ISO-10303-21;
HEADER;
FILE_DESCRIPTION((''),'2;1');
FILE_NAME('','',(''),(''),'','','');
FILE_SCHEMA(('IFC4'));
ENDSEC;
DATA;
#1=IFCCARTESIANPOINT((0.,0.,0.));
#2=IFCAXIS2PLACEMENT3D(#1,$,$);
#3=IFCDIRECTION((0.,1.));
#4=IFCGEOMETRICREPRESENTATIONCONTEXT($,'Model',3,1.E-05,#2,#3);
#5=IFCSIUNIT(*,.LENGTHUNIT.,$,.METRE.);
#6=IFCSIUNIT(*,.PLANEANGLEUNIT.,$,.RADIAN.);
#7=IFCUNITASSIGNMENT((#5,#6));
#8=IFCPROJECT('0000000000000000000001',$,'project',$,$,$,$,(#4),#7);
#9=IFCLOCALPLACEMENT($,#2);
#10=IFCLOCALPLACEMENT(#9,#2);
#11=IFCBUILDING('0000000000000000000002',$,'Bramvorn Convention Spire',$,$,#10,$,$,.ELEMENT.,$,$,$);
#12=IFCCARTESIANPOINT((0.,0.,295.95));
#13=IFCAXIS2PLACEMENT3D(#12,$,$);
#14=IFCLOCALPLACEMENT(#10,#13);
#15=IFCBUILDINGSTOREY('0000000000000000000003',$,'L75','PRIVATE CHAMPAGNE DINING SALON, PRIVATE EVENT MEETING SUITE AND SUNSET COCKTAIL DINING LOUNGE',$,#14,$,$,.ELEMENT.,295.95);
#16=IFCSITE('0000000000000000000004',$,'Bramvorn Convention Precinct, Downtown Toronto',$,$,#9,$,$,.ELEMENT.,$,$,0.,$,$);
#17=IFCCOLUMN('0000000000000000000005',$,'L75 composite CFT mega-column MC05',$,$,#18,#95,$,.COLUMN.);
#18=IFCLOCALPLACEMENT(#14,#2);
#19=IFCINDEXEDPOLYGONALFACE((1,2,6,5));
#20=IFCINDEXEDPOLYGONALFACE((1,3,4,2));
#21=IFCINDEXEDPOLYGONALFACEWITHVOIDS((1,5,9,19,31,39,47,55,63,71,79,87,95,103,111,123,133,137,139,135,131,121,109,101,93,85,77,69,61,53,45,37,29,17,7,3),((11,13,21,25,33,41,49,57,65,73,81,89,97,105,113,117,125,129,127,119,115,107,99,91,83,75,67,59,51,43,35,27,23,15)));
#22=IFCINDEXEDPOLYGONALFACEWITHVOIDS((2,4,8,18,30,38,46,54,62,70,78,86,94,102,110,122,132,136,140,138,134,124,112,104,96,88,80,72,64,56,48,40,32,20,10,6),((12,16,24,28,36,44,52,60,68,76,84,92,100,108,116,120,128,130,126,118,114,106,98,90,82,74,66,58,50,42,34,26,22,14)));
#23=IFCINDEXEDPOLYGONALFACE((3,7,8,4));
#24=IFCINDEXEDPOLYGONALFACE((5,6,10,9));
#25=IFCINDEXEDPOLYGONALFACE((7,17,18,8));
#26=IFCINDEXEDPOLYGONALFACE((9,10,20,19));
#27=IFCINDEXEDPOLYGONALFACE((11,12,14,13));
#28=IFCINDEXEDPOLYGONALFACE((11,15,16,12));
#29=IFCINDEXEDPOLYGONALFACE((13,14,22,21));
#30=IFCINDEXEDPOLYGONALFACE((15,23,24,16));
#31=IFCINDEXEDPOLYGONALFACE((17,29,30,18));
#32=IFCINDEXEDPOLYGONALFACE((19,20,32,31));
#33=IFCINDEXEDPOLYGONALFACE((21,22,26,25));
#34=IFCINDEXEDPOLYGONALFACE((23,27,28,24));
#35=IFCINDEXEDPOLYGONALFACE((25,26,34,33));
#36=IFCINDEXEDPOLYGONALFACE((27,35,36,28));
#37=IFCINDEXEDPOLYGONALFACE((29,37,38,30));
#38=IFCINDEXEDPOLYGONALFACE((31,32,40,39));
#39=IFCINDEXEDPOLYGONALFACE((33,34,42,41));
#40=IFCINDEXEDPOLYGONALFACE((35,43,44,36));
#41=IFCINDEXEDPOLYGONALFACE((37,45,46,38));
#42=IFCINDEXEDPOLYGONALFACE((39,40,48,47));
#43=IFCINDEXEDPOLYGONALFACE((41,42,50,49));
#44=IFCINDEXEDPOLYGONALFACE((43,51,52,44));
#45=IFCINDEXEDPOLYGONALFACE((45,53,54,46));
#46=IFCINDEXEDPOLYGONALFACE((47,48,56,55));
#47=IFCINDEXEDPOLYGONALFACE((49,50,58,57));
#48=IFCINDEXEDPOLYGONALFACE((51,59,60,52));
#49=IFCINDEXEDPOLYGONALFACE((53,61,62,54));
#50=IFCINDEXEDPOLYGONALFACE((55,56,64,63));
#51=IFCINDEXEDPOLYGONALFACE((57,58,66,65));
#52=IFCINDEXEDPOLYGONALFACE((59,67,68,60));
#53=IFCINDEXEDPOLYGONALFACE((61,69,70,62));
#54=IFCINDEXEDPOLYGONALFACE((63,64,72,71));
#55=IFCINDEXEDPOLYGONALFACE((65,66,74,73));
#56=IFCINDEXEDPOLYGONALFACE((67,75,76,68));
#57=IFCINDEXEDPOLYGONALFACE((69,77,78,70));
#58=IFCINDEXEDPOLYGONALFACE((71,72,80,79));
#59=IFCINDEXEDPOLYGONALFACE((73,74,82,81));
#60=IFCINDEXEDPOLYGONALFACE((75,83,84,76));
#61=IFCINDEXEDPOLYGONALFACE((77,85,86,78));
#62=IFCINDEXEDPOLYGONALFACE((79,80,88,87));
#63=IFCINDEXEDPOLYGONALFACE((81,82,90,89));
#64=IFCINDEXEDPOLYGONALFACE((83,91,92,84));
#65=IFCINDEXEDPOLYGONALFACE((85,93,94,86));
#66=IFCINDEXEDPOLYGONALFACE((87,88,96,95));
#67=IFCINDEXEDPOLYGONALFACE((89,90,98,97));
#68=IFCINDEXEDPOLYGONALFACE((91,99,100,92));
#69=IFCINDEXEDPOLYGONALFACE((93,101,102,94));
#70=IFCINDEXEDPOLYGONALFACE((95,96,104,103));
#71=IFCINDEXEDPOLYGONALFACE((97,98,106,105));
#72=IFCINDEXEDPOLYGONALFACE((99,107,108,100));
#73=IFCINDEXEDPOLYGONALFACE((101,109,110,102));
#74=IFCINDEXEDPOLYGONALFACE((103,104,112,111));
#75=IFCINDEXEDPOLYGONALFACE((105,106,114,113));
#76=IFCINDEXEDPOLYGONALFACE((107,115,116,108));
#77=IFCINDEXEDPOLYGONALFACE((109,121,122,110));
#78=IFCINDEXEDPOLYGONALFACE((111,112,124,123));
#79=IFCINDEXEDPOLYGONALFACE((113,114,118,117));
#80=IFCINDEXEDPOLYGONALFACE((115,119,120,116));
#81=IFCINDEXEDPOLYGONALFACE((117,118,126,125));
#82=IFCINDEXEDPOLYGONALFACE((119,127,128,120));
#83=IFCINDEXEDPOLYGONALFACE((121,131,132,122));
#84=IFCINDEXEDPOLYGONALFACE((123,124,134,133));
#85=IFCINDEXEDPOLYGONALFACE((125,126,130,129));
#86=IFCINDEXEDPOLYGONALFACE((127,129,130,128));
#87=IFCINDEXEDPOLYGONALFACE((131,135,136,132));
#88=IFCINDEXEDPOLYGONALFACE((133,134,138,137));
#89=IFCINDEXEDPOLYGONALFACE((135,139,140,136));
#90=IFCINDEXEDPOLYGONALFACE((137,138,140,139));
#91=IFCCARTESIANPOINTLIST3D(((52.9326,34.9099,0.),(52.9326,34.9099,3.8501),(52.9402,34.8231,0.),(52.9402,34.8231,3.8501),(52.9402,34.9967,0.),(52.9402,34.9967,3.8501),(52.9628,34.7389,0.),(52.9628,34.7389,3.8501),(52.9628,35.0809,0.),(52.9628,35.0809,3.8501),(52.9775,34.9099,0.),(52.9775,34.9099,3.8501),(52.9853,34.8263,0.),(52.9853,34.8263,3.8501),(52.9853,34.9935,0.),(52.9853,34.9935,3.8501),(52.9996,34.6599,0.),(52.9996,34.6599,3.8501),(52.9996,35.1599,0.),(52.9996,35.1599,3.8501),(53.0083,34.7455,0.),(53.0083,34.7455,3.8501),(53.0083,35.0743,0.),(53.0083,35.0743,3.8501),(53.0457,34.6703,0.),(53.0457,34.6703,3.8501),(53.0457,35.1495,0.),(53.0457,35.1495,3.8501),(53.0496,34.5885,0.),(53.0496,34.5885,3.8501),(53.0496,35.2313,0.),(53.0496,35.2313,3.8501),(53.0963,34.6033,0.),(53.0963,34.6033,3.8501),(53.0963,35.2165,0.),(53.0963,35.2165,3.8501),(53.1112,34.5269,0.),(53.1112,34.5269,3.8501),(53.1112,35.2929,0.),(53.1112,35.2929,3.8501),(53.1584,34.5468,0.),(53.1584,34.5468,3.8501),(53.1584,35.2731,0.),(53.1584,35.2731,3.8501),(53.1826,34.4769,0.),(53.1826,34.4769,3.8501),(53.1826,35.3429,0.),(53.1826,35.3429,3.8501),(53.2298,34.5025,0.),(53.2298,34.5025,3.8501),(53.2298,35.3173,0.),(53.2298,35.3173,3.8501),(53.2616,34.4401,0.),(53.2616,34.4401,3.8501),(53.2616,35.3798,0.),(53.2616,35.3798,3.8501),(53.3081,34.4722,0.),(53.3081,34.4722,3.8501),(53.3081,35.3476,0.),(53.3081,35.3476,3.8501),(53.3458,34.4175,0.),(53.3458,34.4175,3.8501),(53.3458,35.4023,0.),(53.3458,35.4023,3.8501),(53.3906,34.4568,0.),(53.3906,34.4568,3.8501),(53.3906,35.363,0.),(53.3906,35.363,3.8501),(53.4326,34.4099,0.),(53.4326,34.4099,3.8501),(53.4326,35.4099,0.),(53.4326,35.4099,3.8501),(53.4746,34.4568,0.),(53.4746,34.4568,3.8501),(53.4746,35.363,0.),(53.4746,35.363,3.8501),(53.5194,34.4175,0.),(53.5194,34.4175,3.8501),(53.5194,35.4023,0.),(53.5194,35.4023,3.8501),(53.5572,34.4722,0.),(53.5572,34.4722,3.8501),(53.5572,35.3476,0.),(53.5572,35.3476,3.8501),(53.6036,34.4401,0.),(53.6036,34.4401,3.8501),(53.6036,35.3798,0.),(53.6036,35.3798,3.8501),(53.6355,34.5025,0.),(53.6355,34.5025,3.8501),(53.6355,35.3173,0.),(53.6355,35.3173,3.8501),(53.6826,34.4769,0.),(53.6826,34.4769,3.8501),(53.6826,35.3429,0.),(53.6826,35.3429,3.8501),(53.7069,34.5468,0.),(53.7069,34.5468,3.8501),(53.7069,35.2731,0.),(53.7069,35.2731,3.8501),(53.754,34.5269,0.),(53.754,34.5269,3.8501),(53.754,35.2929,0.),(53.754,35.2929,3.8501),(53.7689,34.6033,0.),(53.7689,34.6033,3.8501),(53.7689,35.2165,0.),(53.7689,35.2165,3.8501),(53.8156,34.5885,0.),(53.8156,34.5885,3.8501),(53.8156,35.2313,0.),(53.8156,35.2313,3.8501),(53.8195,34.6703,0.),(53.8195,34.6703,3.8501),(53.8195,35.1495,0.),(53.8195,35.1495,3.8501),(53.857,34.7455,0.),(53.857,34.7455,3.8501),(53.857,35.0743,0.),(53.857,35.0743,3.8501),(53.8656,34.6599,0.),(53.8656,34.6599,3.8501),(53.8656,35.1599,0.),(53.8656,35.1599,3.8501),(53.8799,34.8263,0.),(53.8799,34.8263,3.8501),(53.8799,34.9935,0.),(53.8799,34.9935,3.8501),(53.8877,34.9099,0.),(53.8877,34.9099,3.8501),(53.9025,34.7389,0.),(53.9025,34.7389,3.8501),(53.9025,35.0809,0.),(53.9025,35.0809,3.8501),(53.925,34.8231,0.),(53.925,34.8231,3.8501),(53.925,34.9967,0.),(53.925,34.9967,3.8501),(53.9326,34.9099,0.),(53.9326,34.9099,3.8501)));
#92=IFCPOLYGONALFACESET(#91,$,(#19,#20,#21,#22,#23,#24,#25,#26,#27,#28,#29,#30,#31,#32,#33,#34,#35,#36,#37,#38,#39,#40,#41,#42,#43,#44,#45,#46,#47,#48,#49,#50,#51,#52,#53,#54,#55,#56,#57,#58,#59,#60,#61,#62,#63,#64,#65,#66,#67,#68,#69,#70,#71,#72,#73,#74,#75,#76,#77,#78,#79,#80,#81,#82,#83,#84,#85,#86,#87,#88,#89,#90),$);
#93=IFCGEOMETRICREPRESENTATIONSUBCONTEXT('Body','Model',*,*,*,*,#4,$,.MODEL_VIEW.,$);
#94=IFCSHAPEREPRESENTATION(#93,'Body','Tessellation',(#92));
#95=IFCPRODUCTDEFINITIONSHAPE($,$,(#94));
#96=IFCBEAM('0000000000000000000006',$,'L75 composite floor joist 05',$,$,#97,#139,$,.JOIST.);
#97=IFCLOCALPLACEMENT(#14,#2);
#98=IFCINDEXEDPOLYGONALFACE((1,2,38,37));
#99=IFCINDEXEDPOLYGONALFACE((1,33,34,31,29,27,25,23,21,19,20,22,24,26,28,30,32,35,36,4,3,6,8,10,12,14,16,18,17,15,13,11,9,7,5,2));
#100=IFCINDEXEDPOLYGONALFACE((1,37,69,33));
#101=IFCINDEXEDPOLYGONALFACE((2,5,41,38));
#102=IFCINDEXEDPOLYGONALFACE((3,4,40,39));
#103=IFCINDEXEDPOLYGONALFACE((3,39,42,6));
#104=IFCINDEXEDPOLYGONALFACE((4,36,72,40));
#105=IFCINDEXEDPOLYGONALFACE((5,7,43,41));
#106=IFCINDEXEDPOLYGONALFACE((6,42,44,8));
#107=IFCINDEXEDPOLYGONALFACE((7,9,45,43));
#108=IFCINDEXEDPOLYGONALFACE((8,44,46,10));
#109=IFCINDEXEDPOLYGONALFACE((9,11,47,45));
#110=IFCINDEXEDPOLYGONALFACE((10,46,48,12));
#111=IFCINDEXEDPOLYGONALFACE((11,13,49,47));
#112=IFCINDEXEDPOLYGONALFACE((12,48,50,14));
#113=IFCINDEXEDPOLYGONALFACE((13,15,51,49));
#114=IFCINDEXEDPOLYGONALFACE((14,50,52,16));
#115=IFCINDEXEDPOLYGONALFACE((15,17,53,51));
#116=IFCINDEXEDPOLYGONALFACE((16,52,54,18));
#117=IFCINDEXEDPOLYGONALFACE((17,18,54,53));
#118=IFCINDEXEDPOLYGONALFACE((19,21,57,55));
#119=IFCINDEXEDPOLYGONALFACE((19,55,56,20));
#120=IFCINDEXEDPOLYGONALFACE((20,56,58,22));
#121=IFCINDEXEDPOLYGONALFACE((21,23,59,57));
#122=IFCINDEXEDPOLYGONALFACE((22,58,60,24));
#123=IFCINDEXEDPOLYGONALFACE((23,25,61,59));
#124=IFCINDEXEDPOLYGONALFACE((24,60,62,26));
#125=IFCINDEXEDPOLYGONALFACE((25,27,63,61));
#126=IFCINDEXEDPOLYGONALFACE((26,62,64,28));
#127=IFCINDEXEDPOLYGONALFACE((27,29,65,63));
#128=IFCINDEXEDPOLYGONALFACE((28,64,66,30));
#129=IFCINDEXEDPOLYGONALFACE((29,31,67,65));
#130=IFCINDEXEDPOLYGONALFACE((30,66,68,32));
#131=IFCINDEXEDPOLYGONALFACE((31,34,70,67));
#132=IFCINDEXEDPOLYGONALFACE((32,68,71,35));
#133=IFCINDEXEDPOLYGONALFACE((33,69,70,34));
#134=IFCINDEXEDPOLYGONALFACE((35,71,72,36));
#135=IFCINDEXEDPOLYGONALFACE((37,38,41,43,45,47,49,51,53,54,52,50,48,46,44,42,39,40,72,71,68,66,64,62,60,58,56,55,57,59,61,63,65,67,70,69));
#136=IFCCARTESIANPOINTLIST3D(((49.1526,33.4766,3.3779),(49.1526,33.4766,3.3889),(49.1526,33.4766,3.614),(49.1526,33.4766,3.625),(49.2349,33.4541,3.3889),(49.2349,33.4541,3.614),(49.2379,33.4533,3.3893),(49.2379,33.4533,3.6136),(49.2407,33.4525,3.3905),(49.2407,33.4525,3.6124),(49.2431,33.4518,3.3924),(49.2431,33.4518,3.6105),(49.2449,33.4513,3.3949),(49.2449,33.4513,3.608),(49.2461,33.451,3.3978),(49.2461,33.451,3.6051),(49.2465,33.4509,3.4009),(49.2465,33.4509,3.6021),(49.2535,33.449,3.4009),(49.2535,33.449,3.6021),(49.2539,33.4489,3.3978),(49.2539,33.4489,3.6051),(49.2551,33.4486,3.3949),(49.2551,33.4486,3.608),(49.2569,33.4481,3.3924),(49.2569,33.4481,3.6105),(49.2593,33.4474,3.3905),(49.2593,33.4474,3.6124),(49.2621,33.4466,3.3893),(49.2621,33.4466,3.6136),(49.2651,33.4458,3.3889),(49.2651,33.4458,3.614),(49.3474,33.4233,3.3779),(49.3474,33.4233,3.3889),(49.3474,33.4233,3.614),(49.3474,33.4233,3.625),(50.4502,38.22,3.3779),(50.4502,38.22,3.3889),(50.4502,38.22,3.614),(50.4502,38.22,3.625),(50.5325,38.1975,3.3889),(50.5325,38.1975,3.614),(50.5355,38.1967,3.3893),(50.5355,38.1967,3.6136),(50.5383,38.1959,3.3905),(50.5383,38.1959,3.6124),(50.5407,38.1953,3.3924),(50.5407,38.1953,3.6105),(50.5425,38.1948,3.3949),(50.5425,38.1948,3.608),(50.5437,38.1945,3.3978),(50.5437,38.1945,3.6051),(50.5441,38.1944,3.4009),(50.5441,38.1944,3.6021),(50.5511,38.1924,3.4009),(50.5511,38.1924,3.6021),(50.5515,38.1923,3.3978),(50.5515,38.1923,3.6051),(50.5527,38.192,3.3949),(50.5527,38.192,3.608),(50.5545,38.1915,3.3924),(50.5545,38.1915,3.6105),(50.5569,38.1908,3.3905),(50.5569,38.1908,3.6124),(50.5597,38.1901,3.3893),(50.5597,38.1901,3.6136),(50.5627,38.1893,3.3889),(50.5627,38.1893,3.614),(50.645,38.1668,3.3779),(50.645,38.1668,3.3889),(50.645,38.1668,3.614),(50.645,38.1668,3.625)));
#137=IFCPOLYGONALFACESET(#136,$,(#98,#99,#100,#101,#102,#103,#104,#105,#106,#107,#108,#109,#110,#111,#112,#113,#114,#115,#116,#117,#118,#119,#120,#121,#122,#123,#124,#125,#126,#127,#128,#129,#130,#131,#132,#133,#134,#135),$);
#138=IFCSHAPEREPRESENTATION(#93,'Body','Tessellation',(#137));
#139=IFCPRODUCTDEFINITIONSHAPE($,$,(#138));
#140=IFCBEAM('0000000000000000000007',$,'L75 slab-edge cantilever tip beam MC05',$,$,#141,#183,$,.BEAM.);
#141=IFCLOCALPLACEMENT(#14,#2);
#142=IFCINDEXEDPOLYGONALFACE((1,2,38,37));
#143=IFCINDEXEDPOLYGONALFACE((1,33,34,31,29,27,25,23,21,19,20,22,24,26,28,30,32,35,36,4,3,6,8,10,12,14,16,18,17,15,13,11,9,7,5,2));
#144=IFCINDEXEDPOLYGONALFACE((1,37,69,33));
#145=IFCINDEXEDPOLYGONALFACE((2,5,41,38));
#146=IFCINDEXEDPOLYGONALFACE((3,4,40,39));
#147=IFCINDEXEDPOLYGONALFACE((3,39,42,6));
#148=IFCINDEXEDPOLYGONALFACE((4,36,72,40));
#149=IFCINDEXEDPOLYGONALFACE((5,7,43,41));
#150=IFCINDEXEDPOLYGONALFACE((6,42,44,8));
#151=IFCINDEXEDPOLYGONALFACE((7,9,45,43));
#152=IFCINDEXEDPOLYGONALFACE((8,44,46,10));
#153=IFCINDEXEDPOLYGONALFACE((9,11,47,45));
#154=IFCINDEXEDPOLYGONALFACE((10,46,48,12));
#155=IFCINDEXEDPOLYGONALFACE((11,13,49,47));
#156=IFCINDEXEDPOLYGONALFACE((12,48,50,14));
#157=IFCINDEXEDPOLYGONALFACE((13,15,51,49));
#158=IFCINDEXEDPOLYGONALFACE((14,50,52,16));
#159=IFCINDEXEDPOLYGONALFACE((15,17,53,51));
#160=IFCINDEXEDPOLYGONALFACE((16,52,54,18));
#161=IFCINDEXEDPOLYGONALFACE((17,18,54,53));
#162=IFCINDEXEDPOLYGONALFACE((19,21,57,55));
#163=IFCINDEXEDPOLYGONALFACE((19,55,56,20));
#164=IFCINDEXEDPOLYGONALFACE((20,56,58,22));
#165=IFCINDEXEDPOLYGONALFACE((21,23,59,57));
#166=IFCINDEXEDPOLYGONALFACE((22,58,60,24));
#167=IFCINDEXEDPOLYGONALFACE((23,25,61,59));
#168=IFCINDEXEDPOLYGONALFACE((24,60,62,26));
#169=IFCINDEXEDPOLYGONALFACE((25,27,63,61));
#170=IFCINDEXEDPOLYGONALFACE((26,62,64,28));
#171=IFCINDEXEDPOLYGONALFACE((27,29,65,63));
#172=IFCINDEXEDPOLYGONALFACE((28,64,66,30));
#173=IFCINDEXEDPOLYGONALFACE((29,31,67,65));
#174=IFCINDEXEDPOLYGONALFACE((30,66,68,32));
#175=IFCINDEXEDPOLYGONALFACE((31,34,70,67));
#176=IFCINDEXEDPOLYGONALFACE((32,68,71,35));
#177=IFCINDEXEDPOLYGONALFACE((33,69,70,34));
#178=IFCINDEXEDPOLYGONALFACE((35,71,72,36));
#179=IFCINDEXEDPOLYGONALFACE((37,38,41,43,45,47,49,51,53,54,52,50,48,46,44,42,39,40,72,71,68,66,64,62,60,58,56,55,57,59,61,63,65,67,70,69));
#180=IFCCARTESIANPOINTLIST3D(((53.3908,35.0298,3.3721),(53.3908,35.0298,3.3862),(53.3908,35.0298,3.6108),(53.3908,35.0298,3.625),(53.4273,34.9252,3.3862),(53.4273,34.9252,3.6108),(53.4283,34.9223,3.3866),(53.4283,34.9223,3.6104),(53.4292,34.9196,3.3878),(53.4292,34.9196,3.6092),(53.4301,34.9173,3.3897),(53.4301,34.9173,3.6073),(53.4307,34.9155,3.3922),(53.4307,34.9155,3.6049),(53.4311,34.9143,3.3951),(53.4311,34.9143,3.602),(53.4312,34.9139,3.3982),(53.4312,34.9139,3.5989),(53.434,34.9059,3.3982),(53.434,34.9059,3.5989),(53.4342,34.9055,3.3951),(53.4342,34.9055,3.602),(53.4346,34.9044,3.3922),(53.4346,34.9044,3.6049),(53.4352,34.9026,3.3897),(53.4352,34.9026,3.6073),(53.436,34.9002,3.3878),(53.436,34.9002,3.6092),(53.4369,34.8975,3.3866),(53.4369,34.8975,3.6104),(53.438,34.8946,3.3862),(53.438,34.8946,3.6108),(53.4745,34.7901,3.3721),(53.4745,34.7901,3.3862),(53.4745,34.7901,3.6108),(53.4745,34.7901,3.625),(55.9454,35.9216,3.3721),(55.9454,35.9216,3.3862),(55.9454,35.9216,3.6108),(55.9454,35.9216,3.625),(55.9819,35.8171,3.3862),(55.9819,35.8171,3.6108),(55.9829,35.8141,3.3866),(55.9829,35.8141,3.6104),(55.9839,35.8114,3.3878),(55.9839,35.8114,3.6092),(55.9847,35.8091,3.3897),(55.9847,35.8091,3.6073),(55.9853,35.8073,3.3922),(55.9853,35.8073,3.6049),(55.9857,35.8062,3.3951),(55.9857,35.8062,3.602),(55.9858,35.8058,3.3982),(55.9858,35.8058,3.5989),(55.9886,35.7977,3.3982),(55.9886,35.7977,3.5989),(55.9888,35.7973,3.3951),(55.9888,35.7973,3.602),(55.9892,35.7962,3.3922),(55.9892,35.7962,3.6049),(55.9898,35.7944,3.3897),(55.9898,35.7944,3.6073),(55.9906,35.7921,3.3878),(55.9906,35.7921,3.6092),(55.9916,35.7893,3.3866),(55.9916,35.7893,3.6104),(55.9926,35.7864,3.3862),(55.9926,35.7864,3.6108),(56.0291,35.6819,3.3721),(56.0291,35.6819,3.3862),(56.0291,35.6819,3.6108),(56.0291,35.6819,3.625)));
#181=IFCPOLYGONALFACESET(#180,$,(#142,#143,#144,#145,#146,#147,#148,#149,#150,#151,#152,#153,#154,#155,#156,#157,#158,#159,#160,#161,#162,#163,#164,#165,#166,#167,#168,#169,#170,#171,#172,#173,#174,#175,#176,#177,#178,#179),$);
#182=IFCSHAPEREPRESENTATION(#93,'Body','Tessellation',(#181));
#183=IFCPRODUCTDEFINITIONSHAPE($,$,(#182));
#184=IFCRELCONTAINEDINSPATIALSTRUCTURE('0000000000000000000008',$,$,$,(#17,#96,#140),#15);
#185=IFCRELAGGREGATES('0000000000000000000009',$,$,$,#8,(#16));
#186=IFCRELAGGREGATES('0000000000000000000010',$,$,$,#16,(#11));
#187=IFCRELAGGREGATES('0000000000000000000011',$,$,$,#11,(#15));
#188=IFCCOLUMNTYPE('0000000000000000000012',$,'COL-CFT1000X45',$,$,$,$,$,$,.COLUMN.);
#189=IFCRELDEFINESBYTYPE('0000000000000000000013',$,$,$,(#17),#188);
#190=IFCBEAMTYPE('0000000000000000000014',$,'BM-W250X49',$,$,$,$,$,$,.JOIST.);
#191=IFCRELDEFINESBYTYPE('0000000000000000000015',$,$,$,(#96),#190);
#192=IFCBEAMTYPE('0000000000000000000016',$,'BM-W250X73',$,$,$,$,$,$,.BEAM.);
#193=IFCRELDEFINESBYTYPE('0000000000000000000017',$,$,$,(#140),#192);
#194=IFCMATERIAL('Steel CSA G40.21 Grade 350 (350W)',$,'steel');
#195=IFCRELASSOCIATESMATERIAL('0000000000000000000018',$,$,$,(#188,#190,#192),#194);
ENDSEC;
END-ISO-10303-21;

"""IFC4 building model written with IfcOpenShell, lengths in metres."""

from ifc_helpers import new_model, si_unit, direction, frame, origin, origin_2d, place, context, subcontext, project, spatial, hollow_circle, i_section, extrude, material, material_profile, profile_set, type_object, element, save


model = new_model("IFC4")

# Units and contexts
model_context = context("Model", 3, precision=1e-05, world=origin(), true_north=direction((0.0, 1.0)))
body_context = subcontext(model_context, "Body", "Model", "MODEL_VIEW")
ifc_project = project(units=[si_unit("LENGTHUNIT", "METRE"), si_unit("PLANEANGLEUNIT", "RADIAN")], contexts=[model_context])

# Site, building, storey
site_placement = place(None, origin())
site = spatial("IfcSite", under=ifc_project, at=site_placement, Name="Bramvorn Convention Precinct, Downtown Toronto", CompositionType="ELEMENT", RefElevation=0.0)
building_placement = place(site_placement, origin())
building = spatial("IfcBuilding", under=site, at=building_placement, Name="Bramvorn Convention Spire", CompositionType="ELEMENT")
storey_placement = place(building_placement, frame((0.0, 0.0, 295.95)))
storey = spatial("IfcBuildingStorey", under=building, at=storey_placement, Name="L75", Description="PRIVATE CHAMPAGNE DINING SALON, PRIVATE EVENT MEETING SUITE AND SUNSET COCKTAIL DINING LOUNGE", CompositionType="ELEMENT", Elevation=295.95)

# Column
ifc_material_1 = material(Name="Steel CSA G40.21 Grade 350 (350W)", Category="steel")
ifc_material_profile_1 = material_profile(ifc_material_1, hollow_circle(Radius=0.5, WallThickness=0.0449, at=origin_2d()))
ifc_profile_set_1 = profile_set([ifc_material_profile_1], Name="Steel CSA G40.21 Grade 350 (350W) - CFT1000X45")
column_type = type_object("IfcColumnType", Name="COL-CFT1000X45", PredefinedType="COLUMN", material=ifc_profile_set_1)
column_placement = place(storey_placement, frame((53.4326, 34.9099, 0.0), z_axis=(0.0, 0.0, 1.0), x_axis=(1.0, 0.0, 0.0)))
element("IfcColumn", 1, at=column_placement, inside=storey, type_object=column_type, Name="L75 composite CFT mega-column MC05", PredefinedType="COLUMN", context=body_context, shape_type="SweptSolid", body=[
    extrude(hollow_circle(Radius=0.5, WallThickness=0.0449, at=origin_2d()), origin(), (0.0, 0.0, 1.0), 3.8501),
])

# Beams
ifc_material_profile_2 = material_profile(ifc_material_1, i_section(OverallWidth=0.2019, OverallDepth=0.2471, WebThickness=0.0073, FlangeThickness=0.011, FilletRadius=0.012, at=origin_2d()))
ifc_profile_set_2 = profile_set([ifc_material_profile_2], Name="Steel CSA G40.21 Grade 350 (350W) - W250X49")
beam_type_1 = type_object("IfcBeamType", Name="BM-W250X49", PredefinedType="JOIST", material=ifc_profile_set_2)
beam_1_placement = place(storey_placement, frame((49.25, 33.45, 3.5015), z_axis=(0.263865, 0.96456, 0.0), x_axis=(-0.96456, 0.263865, 0.0)))
element("IfcBeam", 2, at=beam_1_placement, inside=storey, type_object=beam_type_1, Name="L75 composite floor joist 05", PredefinedType="JOIST", context=body_context, shape_type="SweptSolid", body=[
    extrude(i_section(OverallWidth=0.2019, OverallDepth=0.2471, WebThickness=0.0073, FlangeThickness=0.011, FilletRadius=0.012, at=origin_2d()), origin(), (0.0, 0.0, 1.0), 4.9177),
])
ifc_material_profile_3 = material_profile(ifc_material_1, i_section(OverallWidth=0.2539, OverallDepth=0.2529, WebThickness=0.0085, FlangeThickness=0.0142, FilletRadius=0.012, at=origin_2d()))
ifc_profile_set_3 = profile_set([ifc_material_profile_3], Name="Steel CSA G40.21 Grade 350 (350W) - W250X73")
beam_type_2 = type_object("IfcBeamType", Name="BM-W250X73", PredefinedType="BEAM", material=ifc_profile_set_3)
beam_2_placement = place(storey_placement, frame((53.4326, 34.9099, 3.4985), z_axis=(0.944123, 0.329595, 0.0), x_axis=(-0.329595, 0.944123, 0.0)))
element("IfcBeam", 3, at=beam_2_placement, inside=storey, type_object=beam_type_2, Name="L75 slab-edge cantilever tip beam MC05", PredefinedType="BEAM", context=body_context, shape_type="SweptSolid", body=[
    extrude(i_section(OverallWidth=0.2539, OverallDepth=0.2529, WebThickness=0.0085, FlangeThickness=0.0142, FilletRadius=0.012, at=origin_2d()), origin(), (0.0, 0.0, 1.0), 2.7058),
])

save(model, "model.ifc")
